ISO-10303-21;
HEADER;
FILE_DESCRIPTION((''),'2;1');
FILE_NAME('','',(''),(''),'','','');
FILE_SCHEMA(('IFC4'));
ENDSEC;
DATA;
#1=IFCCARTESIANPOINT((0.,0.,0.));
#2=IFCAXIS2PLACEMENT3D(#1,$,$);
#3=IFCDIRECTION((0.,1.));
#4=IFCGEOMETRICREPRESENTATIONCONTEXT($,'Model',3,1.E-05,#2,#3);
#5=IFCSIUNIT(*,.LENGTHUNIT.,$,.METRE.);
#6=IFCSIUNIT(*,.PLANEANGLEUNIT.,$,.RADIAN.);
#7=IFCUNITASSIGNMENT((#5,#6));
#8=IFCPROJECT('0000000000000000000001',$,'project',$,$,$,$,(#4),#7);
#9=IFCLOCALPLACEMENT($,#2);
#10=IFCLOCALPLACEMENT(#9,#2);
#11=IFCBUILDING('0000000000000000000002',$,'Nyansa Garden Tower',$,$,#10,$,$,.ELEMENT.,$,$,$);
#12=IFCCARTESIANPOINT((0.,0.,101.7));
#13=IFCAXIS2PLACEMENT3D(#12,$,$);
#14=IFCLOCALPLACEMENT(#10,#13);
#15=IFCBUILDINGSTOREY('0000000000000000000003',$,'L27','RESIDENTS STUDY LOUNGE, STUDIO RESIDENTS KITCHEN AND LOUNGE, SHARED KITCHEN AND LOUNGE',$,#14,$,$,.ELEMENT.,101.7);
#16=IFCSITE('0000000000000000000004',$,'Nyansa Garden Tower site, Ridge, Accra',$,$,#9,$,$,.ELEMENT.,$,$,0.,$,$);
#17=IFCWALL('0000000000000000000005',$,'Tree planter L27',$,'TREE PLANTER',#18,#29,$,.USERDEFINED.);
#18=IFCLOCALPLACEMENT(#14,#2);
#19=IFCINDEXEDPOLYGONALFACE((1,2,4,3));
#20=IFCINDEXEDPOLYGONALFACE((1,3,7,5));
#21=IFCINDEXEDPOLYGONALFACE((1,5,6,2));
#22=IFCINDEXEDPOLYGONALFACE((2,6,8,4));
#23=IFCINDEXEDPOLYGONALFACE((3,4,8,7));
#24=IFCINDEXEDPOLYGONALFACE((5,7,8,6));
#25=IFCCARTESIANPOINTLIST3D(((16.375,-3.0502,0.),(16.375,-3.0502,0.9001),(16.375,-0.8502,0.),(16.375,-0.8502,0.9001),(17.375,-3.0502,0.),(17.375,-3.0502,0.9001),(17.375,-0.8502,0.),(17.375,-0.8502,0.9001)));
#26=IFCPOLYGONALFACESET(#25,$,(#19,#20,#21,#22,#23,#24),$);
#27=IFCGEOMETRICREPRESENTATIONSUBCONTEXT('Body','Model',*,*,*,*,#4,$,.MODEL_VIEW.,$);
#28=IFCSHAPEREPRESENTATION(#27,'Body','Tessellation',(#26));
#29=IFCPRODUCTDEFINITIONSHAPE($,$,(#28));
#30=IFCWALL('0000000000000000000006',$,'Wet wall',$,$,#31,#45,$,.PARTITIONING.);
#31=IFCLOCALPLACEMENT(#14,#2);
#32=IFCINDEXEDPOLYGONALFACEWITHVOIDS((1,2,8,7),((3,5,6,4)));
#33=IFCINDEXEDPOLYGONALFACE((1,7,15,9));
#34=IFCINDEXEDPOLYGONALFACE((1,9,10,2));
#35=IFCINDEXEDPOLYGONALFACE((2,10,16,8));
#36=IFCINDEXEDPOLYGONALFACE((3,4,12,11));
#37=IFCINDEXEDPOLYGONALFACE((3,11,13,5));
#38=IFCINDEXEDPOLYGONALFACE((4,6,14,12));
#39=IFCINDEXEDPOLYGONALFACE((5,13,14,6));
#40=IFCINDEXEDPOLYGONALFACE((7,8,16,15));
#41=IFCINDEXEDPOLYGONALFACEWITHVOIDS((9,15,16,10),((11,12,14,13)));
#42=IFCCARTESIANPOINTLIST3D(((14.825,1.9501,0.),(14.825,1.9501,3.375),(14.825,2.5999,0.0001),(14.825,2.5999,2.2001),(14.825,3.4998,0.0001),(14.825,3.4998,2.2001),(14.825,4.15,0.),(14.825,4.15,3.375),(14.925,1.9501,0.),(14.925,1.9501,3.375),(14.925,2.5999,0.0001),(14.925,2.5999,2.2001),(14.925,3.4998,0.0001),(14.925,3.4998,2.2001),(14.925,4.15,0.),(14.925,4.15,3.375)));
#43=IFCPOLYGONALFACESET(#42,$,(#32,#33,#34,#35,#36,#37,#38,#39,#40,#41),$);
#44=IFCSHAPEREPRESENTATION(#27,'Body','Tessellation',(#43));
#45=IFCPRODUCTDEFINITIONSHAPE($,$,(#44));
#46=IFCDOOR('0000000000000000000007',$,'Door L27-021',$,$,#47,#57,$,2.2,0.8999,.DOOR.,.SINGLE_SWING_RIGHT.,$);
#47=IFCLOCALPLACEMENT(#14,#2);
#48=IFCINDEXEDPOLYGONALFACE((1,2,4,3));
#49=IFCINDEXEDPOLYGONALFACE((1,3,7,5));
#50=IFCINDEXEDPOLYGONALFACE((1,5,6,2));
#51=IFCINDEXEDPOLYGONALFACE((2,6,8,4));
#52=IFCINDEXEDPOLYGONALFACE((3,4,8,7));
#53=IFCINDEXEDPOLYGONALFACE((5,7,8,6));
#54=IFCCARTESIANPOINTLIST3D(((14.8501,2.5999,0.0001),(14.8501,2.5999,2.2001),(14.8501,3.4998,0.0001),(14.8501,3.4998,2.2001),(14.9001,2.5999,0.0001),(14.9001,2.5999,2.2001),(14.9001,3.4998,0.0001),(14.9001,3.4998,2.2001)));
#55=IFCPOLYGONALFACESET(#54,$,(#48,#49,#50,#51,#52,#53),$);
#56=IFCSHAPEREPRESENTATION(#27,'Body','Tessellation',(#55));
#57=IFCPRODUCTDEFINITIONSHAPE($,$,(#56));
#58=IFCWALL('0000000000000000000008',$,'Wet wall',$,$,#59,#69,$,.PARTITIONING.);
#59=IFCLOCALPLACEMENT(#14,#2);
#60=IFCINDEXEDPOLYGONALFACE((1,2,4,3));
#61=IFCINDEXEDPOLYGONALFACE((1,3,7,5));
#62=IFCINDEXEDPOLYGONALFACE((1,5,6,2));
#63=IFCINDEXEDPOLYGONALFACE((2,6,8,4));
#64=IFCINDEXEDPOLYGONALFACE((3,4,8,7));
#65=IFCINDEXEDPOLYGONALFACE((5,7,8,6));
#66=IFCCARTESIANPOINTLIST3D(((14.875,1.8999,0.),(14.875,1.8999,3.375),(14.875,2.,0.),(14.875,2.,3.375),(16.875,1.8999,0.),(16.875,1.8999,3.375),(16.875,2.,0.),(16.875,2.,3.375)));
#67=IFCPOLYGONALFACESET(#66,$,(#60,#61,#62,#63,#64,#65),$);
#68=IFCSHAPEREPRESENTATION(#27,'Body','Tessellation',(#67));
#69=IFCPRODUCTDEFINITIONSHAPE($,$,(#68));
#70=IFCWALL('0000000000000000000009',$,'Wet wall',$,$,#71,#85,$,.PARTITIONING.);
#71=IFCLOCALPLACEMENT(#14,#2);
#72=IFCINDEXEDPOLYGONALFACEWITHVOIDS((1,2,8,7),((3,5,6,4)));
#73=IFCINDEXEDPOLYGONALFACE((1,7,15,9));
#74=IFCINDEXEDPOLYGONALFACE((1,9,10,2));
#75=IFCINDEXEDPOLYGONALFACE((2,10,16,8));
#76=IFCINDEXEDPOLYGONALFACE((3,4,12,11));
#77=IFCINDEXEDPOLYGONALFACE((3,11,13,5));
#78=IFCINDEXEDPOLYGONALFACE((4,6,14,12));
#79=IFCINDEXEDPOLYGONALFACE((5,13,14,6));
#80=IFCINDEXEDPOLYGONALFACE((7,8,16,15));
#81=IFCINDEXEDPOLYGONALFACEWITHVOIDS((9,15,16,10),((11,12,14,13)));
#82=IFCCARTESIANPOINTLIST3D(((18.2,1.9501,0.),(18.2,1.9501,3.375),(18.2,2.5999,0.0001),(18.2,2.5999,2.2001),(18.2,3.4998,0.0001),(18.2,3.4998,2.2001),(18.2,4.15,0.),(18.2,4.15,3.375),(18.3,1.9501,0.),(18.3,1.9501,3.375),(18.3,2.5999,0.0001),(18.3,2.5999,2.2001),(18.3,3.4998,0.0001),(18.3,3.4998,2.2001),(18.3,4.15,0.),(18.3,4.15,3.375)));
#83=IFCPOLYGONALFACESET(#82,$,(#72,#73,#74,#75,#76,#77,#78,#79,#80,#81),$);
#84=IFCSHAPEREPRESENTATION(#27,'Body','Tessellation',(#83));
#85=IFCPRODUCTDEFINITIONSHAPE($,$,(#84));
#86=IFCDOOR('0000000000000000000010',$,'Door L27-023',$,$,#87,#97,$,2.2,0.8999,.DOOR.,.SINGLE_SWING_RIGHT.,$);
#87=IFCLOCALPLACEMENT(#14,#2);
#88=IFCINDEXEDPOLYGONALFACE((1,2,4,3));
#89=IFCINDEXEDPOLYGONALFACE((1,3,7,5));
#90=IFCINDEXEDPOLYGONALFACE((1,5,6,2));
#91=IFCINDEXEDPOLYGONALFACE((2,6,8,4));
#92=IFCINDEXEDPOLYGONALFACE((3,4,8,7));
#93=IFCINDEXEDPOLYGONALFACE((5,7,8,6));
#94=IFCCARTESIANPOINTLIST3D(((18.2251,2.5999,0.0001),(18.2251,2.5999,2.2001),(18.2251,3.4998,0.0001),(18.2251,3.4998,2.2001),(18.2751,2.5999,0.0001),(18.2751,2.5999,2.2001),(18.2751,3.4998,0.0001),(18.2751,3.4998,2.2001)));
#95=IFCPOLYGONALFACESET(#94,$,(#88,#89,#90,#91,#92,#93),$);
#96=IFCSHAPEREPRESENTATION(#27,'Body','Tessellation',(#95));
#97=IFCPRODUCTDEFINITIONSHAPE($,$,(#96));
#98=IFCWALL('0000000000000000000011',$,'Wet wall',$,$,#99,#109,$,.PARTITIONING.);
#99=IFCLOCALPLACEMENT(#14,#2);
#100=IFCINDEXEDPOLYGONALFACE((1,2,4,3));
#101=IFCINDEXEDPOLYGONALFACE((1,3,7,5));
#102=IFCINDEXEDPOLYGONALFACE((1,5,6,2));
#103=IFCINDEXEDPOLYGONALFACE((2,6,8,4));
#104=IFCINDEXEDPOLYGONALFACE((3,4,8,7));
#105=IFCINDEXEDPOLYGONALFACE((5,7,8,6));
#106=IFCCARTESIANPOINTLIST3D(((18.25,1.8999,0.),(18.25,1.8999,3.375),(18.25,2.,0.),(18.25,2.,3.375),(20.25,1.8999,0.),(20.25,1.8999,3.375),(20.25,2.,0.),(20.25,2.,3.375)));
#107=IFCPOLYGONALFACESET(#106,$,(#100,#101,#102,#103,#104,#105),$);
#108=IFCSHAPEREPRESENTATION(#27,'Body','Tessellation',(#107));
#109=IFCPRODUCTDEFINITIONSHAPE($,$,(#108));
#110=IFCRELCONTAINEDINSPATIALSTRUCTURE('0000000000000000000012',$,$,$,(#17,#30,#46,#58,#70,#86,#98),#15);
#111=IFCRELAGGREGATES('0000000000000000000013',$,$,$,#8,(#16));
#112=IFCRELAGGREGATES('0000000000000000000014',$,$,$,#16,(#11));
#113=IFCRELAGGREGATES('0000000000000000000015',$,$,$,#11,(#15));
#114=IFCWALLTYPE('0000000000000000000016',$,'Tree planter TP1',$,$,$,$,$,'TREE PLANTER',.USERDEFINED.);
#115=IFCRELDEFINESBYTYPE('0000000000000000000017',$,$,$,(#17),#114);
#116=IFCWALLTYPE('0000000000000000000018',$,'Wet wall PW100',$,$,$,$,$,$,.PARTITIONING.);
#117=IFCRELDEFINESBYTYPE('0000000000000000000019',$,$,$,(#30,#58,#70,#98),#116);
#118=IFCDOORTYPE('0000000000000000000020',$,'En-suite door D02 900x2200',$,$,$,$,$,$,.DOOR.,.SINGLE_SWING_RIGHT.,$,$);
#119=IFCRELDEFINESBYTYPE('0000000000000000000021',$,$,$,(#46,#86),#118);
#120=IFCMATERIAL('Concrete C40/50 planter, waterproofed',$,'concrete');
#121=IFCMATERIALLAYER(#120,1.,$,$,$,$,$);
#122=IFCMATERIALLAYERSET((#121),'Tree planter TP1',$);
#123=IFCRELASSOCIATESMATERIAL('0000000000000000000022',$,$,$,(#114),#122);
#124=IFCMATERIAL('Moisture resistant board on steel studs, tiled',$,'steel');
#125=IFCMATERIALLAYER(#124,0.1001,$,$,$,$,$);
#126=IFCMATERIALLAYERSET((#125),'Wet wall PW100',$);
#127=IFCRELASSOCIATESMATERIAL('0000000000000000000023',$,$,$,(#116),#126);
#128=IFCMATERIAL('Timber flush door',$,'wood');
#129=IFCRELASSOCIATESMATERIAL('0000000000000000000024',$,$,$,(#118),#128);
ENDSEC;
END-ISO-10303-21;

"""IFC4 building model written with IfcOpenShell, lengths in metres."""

from ifc_helpers import new_model, si_unit, direction, frame, frame_2d, origin, place, context, subcontext, project, spatial, rectangle, extrude, material, layer, layer_set, type_object, element, fill, save


model = new_model("IFC4")

# Units and contexts
model_context = context("Model", 3, precision=1e-05, world=origin(), true_north=direction((0.0, 1.0)))
body_context = subcontext(model_context, "Body", "Model", "MODEL_VIEW")
ifc_project = project(units=[si_unit("LENGTHUNIT", "METRE"), si_unit("PLANEANGLEUNIT", "RADIAN")], contexts=[model_context])

# Site, building, storey
site_placement = place(None, origin())
site = spatial("IfcSite", under=ifc_project, at=site_placement, Name="Nyansa Garden Tower site, Ridge, Accra", CompositionType="ELEMENT", RefElevation=0.0)
building_placement = place(site_placement, origin())
building = spatial("IfcBuilding", under=site, at=building_placement, Name="Nyansa Garden Tower", CompositionType="ELEMENT")
storey_placement = place(building_placement, frame((0.0, 0.0, 101.7)))
storey = spatial("IfcBuildingStorey", under=building, at=storey_placement, Name="L27", Description="RESIDENTS STUDY LOUNGE, STUDIO RESIDENTS KITCHEN AND LOUNGE, SHARED KITCHEN AND LOUNGE", CompositionType="ELEMENT", Elevation=101.7)

# Wall
ifc_material_1 = material(Name="Concrete C40/50 planter, waterproofed", Category="concrete")
ifc_layer_1 = layer(ifc_material_1, 1.0)
ifc_layer_set_1 = layer_set([ifc_layer_1], Name="Tree planter TP1")
wall_type_1 = type_object("IfcWallType", Name="Tree planter TP1", ElementType="TREE PLANTER", PredefinedType="USERDEFINED", material=ifc_layer_set_1)
wall_1_placement = place(storey_placement, frame((16.875, -0.8501, 0.0), z_axis=(0.0, 0.0, 1.0), x_axis=(0.0, -1.0, 0.0)))
element("IfcWall", 1, at=wall_1_placement, inside=storey, type_object=wall_type_1, Name="Tree planter L27", ObjectType="TREE PLANTER", PredefinedType="USERDEFINED", context=body_context, shape_type="SweptSolid", body=[
    extrude(rectangle(XDim=2.2, YDim=1.0, at=frame_2d((1.1001, 0.0))), origin(), (0.0, 0.0, 1.0), 0.9001),
])

# Wall, opening, door
ifc_material_2 = material(Name="Moisture resistant board on steel studs, tiled", Category="steel")
ifc_layer_2 = layer(ifc_material_2, 0.1001)
ifc_layer_set_2 = layer_set([ifc_layer_2], Name="Wet wall PW100")
wall_type_2 = type_object("IfcWallType", Name="Wet wall PW100", PredefinedType="PARTITIONING", material=ifc_layer_set_2)
wall_2_placement = place(storey_placement, frame((14.875, 1.95, 0.0), z_axis=(0.0, 0.0, 1.0), x_axis=(0.0, 1.0, 0.0)))
wall_2 = element("IfcWall", 2, at=wall_2_placement, inside=storey, type_object=wall_type_2, Name="Wet wall", PredefinedType="PARTITIONING", context=body_context, shape_type="SweptSolid", body=[
    extrude(rectangle(XDim=2.2, YDim=0.1001, at=frame_2d((1.1001, 0.0))), origin(), (0.0, 0.0, 1.0), 3.375),
])
opening_1_placement = place(wall_2_placement, frame((0.6499, 0.0, 0.0)))
opening_1 = element("IfcOpeningElement", 3, at=opening_1_placement, cuts=wall_2, PredefinedType="OPENING", context=body_context, shape_type="SweptSolid", body=[
    extrude(rectangle(XDim=0.8999, YDim=2.2, at=frame_2d((0.45, 1.1001))), frame((0.0, 0.0601, 0.0), z_axis=(0.0, -1.0, 0.0), x_axis=(1.0, 0.0, 0.0)), (0.0, 0.0, 1.0), 0.1201),
])
ifc_material_3 = material(Name="Timber flush door", Category="wood")
door_type = type_object("IfcDoorType", Name="En-suite door D02 900x2200", OperationType="SINGLE_SWING_RIGHT", PredefinedType="DOOR", material=ifc_material_3)
door_1_placement = place(opening_1_placement, origin())
door_1 = element("IfcDoor", 4, at=door_1_placement, inside=storey, type_object=door_type, Name="Door L27-021", OperationType="SINGLE_SWING_RIGHT", OverallHeight=2.2, OverallWidth=0.8999, PredefinedType="DOOR", context=body_context, shape_type="SweptSolid", body=[
    extrude(rectangle(XDim=0.8999, YDim=2.2, at=frame_2d((0.45, 1.1001))), frame((0.0, 0.0249, 0.0), z_axis=(0.0, -1.0, 0.0), x_axis=(1.0, 0.0, 0.0)), (0.0, 0.0, 1.0), 0.05),
])
fill(opening_1, door_1)

# Wall
wall_3_placement = place(storey_placement, frame((14.875, 1.95, 0.0), z_axis=(0.0, 0.0, 1.0), x_axis=(1.0, 0.0, 0.0)))
element("IfcWall", 5, at=wall_3_placement, inside=storey, type_object=wall_type_2, Name="Wet wall", PredefinedType="PARTITIONING", context=body_context, shape_type="SweptSolid", body=[
    extrude(rectangle(XDim=2.0, YDim=0.1001, at=frame_2d((1.0, 0.0))), origin(), (0.0, 0.0, 1.0), 3.375),
])

# Wall, opening, door
wall_4_placement = place(storey_placement, frame((18.25, 1.95, 0.0), z_axis=(0.0, 0.0, 1.0), x_axis=(0.0, 1.0, 0.0)))
wall_4 = element("IfcWall", 6, at=wall_4_placement, inside=storey, type_object=wall_type_2, Name="Wet wall", PredefinedType="PARTITIONING", context=body_context, shape_type="SweptSolid", body=[
    extrude(rectangle(XDim=2.2, YDim=0.1001, at=frame_2d((1.1001, 0.0))), origin(), (0.0, 0.0, 1.0), 3.375),
])
opening_2_placement = place(wall_4_placement, frame((0.6499, 0.0, 0.0)))
opening_2 = element("IfcOpeningElement", 7, at=opening_2_placement, cuts=wall_4, PredefinedType="OPENING", context=body_context, shape_type="SweptSolid", body=[
    extrude(rectangle(XDim=0.8999, YDim=2.2, at=frame_2d((0.45, 1.1001))), frame((0.0, 0.0601, 0.0), z_axis=(0.0, -1.0, 0.0), x_axis=(1.0, 0.0, 0.0)), (0.0, 0.0, 1.0), 0.1201),
])
door_2_placement = place(opening_2_placement, origin())
door_2 = element("IfcDoor", 8, at=door_2_placement, inside=storey, type_object=door_type, Name="Door L27-023", OperationType="SINGLE_SWING_RIGHT", OverallHeight=2.2, OverallWidth=0.8999, PredefinedType="DOOR", context=body_context, shape_type="SweptSolid", body=[
    extrude(rectangle(XDim=0.8999, YDim=2.2, at=frame_2d((0.45, 1.1001))), frame((0.0, 0.0249, 0.0), z_axis=(0.0, -1.0, 0.0), x_axis=(1.0, 0.0, 0.0)), (0.0, 0.0, 1.0), 0.05),
])
fill(opening_2, door_2)

# Wall
wall_5_placement = place(storey_placement, frame((18.25, 1.95, 0.0), z_axis=(0.0, 0.0, 1.0), x_axis=(1.0, 0.0, 0.0)))
element("IfcWall", 9, at=wall_5_placement, inside=storey, type_object=wall_type_2, Name="Wet wall", PredefinedType="PARTITIONING", context=body_context, shape_type="SweptSolid", body=[
    extrude(rectangle(XDim=2.0, YDim=0.1001, at=frame_2d((1.0, 0.0))), origin(), (0.0, 0.0, 1.0), 3.375),
])

save(model, "model.ifc")
